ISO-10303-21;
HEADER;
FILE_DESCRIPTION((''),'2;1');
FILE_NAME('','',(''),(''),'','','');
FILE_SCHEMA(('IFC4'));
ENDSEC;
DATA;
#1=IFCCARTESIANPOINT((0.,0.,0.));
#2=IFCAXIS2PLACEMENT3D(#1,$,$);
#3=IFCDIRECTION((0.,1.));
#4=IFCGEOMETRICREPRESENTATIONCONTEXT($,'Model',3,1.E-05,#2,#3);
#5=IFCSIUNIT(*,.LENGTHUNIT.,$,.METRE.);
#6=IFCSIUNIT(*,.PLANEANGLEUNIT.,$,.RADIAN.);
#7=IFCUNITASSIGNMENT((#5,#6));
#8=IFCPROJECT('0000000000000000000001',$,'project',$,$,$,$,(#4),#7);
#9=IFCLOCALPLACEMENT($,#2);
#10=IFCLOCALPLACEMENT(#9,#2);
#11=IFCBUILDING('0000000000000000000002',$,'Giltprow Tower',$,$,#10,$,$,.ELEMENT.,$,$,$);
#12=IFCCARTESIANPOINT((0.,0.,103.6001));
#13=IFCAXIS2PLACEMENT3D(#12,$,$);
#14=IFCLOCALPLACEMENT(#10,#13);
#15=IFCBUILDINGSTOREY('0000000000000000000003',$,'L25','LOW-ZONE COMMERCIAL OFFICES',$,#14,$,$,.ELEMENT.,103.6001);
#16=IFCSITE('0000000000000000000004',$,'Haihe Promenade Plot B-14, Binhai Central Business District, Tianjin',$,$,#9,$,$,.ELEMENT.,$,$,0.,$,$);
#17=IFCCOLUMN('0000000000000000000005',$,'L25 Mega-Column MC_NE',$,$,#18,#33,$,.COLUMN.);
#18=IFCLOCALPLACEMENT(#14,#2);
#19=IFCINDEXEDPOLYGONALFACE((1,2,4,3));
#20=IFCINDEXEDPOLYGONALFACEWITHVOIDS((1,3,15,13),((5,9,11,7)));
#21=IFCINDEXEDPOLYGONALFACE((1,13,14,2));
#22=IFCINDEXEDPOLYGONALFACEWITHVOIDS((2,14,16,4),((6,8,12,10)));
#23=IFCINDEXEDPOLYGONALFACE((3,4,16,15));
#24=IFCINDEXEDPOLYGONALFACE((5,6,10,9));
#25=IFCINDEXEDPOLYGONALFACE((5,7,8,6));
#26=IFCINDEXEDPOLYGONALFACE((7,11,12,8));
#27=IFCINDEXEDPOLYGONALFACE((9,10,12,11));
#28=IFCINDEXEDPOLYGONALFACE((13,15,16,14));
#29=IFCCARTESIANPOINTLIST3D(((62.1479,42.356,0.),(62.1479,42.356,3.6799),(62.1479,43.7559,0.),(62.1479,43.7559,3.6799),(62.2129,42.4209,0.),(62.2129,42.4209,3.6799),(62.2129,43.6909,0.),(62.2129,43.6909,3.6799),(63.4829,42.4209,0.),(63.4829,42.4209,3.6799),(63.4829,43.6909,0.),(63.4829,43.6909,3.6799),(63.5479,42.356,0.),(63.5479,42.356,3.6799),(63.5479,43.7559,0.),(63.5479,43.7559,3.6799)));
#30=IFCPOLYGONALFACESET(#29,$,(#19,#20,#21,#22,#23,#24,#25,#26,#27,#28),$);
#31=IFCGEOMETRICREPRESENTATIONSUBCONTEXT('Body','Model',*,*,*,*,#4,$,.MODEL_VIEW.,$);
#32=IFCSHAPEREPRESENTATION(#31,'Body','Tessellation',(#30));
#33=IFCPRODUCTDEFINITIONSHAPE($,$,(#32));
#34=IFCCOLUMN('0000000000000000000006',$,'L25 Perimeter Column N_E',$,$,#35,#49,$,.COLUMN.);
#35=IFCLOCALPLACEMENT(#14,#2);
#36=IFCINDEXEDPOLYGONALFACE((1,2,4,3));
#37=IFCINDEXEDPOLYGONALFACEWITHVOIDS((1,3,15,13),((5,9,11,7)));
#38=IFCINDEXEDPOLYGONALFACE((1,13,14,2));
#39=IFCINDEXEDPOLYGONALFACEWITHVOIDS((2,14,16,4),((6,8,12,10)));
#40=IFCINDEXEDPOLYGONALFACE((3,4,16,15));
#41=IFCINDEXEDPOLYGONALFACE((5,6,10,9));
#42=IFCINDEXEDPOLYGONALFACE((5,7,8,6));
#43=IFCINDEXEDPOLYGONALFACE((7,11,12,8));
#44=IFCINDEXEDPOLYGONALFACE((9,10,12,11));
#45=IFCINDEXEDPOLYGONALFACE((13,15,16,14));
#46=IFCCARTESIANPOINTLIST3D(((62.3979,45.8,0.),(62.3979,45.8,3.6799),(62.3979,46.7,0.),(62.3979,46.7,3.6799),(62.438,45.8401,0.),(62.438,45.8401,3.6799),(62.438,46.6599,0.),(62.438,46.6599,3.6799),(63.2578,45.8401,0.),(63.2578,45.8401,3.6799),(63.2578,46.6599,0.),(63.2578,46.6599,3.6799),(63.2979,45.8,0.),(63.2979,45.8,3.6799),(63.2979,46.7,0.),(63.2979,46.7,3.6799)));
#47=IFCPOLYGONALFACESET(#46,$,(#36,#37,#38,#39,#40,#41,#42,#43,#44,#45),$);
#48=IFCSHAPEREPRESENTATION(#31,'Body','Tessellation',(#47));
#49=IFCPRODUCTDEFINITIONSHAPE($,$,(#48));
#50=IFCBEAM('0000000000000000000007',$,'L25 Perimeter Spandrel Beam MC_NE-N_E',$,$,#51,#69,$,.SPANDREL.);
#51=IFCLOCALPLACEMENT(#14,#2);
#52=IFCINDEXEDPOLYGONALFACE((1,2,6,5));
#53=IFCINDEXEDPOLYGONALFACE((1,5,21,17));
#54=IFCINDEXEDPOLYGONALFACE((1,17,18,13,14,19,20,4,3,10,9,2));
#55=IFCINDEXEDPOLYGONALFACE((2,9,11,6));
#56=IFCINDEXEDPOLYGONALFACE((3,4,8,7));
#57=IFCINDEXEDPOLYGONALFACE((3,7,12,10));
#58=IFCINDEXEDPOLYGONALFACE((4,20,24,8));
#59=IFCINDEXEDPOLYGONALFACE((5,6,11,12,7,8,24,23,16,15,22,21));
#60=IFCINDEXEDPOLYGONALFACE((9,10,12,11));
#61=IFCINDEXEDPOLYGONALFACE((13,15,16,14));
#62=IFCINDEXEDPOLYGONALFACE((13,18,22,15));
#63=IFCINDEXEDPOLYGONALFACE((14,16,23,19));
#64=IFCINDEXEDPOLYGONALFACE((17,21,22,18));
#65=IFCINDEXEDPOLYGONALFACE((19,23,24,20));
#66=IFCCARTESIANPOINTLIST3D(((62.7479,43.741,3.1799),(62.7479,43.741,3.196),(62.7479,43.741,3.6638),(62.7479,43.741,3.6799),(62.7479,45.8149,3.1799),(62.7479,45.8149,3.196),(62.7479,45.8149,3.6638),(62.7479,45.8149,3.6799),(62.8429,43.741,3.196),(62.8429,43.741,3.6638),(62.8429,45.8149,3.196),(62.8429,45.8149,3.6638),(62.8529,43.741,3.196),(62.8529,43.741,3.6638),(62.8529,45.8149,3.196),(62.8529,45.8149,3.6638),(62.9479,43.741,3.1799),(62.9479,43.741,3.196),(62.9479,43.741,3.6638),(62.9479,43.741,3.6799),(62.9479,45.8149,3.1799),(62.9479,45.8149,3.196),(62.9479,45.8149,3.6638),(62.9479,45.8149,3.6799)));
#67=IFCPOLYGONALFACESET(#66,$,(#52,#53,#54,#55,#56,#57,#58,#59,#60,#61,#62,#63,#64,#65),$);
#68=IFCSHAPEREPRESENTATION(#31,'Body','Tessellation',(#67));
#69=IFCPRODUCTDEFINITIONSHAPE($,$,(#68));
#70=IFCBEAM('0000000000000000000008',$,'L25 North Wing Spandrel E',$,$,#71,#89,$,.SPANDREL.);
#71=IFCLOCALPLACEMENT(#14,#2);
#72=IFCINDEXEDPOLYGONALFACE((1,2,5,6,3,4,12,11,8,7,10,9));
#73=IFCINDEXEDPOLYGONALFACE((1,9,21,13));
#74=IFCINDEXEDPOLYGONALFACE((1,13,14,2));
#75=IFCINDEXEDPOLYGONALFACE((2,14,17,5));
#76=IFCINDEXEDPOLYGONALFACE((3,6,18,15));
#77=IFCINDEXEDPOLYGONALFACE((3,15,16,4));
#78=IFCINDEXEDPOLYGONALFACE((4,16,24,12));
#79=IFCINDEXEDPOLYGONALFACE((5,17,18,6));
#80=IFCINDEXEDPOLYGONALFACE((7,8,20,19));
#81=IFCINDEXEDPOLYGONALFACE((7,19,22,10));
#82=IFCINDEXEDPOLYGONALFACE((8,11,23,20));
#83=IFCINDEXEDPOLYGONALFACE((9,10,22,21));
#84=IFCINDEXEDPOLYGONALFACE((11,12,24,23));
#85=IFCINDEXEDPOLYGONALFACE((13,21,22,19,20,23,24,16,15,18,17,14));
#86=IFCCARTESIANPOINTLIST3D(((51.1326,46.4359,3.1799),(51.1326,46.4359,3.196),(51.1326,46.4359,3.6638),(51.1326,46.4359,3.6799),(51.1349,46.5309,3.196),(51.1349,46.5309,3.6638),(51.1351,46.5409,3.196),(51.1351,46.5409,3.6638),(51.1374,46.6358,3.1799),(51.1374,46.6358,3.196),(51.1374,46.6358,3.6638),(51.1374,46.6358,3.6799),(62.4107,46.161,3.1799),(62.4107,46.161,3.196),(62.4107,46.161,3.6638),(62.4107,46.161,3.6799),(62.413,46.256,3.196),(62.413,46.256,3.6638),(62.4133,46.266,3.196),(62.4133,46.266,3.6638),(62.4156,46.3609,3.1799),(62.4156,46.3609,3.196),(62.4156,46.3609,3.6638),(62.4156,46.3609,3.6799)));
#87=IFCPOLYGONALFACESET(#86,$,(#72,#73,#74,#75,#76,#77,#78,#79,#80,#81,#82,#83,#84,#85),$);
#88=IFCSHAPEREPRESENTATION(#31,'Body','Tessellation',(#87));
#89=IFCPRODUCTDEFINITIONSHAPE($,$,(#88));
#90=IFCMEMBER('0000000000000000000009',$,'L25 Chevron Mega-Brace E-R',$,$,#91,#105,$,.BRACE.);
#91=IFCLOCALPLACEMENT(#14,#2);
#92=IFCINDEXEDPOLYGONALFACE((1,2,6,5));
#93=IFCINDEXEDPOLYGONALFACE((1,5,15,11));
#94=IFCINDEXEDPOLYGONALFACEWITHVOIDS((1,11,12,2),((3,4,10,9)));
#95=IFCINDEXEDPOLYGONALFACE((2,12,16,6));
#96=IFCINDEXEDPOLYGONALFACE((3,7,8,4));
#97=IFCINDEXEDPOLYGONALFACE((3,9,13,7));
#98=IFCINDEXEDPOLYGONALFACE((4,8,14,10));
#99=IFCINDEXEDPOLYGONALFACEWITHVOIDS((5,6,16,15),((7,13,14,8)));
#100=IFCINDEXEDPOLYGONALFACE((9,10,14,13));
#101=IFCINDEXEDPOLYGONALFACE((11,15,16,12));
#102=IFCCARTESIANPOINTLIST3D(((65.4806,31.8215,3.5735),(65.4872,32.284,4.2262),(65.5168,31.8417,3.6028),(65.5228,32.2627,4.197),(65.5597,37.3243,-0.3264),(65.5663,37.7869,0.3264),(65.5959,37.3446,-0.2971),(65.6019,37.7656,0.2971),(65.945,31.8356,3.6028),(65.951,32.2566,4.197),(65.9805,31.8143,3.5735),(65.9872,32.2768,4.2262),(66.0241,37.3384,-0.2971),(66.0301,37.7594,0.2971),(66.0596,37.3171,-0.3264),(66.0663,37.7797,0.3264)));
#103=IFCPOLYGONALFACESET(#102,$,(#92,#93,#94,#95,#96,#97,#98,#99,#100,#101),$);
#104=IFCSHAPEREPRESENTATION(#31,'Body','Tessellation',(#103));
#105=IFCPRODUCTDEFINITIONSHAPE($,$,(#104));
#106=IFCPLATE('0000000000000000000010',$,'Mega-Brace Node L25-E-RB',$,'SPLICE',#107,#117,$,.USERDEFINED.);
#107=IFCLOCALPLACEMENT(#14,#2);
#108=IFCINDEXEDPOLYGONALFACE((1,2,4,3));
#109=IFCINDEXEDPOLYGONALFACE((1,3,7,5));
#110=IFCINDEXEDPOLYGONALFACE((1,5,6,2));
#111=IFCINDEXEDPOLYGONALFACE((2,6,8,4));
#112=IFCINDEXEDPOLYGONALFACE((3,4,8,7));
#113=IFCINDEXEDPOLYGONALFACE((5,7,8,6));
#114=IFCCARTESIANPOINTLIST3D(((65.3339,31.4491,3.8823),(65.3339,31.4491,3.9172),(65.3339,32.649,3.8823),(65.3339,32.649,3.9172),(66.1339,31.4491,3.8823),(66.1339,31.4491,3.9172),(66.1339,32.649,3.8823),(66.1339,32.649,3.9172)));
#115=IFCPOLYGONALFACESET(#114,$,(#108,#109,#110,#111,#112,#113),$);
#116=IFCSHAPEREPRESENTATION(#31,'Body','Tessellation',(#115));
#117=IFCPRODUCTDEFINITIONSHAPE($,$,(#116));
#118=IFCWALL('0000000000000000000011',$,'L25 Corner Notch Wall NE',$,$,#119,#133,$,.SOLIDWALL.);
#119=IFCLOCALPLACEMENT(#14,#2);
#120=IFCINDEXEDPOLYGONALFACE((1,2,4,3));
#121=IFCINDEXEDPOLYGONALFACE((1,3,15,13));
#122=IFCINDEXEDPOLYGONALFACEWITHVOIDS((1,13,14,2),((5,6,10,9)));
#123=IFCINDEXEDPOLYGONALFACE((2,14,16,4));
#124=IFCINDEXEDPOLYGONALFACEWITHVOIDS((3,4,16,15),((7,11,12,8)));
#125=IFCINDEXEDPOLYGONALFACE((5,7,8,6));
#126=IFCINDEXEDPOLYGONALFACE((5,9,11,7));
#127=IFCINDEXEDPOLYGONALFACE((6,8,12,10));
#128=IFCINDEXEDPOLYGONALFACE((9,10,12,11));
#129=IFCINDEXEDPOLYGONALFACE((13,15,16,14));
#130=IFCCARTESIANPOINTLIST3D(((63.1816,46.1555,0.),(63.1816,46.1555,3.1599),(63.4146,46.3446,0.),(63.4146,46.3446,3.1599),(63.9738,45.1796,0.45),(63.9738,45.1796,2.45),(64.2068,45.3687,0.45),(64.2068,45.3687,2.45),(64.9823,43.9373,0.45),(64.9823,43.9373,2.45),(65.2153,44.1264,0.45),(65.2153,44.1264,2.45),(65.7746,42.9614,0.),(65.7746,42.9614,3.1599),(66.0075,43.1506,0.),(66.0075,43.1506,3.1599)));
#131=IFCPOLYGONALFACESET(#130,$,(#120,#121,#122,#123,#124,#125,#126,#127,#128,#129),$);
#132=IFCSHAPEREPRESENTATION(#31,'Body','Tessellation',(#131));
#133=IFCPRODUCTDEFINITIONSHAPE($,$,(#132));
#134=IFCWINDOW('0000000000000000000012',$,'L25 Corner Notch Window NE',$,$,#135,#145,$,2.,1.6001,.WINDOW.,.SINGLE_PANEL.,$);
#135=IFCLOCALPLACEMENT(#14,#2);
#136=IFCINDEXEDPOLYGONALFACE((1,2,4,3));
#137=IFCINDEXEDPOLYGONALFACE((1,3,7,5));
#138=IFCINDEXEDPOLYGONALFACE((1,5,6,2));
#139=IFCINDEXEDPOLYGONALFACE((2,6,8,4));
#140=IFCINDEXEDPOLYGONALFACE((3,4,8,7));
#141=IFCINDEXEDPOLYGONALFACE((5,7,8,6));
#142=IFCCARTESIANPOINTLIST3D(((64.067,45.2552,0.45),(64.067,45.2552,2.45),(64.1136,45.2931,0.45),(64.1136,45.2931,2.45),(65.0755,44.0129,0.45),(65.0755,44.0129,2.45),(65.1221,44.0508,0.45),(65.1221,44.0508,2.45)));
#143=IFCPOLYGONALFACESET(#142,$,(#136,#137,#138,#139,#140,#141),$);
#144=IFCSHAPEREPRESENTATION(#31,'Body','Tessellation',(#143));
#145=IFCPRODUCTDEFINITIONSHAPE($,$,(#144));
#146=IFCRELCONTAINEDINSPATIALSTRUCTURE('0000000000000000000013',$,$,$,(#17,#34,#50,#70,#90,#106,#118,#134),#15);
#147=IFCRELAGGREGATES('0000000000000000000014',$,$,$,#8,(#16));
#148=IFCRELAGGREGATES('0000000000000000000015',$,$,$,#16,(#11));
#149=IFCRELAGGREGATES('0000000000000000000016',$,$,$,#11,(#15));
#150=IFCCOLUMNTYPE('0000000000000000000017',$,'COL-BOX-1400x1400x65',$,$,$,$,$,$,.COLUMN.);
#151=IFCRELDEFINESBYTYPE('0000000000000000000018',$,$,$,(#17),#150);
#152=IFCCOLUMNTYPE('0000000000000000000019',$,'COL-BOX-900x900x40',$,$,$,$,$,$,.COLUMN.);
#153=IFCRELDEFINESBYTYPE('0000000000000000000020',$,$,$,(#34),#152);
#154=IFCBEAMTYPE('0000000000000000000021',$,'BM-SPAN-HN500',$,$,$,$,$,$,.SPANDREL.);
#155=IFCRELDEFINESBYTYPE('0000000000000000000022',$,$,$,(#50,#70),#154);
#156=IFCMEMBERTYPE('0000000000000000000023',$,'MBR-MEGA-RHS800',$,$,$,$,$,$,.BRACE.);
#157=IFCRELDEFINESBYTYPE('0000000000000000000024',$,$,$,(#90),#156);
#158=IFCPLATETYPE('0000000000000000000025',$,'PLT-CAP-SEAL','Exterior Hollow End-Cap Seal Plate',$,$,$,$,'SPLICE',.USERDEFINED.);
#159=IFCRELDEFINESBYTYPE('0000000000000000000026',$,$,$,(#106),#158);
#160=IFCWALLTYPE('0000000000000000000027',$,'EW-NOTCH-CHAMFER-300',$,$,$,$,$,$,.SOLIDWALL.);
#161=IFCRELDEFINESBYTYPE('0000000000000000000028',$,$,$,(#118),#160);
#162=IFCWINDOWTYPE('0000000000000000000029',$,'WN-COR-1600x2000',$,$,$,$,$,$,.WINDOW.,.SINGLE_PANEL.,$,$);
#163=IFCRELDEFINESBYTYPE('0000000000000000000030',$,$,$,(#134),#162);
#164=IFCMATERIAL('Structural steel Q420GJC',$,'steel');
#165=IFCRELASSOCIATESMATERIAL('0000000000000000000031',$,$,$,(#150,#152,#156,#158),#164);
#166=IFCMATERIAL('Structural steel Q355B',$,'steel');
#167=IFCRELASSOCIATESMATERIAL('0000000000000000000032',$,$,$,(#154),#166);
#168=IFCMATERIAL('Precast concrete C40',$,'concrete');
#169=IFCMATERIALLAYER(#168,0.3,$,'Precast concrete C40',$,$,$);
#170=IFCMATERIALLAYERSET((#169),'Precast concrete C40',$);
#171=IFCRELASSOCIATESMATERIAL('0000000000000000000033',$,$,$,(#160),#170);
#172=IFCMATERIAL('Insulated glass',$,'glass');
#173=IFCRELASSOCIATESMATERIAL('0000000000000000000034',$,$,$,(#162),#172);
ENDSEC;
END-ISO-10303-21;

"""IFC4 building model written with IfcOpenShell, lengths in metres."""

from ifc_helpers import new_model, si_unit, direction, frame, frame_2d, origin, origin_2d, place, context, subcontext, project, spatial, rectangle, hollow_rectangle, i_section, extrude, source, transform, mapped, material, layer, layer_set, material_profile, profile_set, type_object, element, fill, save


model = new_model("IFC4")

# Units and contexts
model_context = context("Model", 3, precision=1e-05, world=origin(), true_north=direction((0.0, 1.0)))
body_context = subcontext(model_context, "Body", "Model", "MODEL_VIEW")
ifc_project = project(units=[si_unit("LENGTHUNIT", "METRE"), si_unit("PLANEANGLEUNIT", "RADIAN")], contexts=[model_context])

# Site, building, storey
site_placement = place(None, origin())
site = spatial("IfcSite", under=ifc_project, at=site_placement, Name="Haihe Promenade Plot B-14, Binhai Central Business District, Tianjin", CompositionType="ELEMENT", RefElevation=0.0)
building_placement = place(site_placement, origin())
building = spatial("IfcBuilding", under=site, at=building_placement, Name="Giltprow Tower", CompositionType="ELEMENT")
storey_placement = place(building_placement, frame((0.0, 0.0, 103.6001)))
storey = spatial("IfcBuildingStorey", under=building, at=storey_placement, Name="L25", Description="LOW-ZONE COMMERCIAL OFFICES", CompositionType="ELEMENT", Elevation=103.6001)

# Columns
ifc_material_1 = material(Name="Structural steel Q420GJC", Category="steel")
ifc_material_profile_1 = material_profile(ifc_material_1, hollow_rectangle(XDim=1.3999, YDim=1.3999, WallThickness=0.0649, at=origin_2d()), Name="BOX 1400x1400x65")
ifc_profile_set_1 = profile_set([ifc_material_profile_1], Name="Structural steel Q420GJC")
column_type_1 = type_object("IfcColumnType", Name="COL-BOX-1400x1400x65", PredefinedType="COLUMN", material=ifc_profile_set_1)
shared_shape_1 = source(origin(), body_context, "Body", "SweptSolid", [
    extrude(hollow_rectangle(XDim=1.3999, YDim=1.3999, WallThickness=0.0649, at=origin_2d()), origin(), (0.0, 0.0, 1.0), 3.6799),
])
column_1_placement = place(storey_placement, frame((62.8479, 43.0559, 0.0), z_axis=(0.0, 0.0, 1.0), x_axis=(1.0, 0.0, 0.0)))
element("IfcColumn", 1, at=column_1_placement, inside=storey, type_object=column_type_1, Name="L25 Mega-Column MC_NE", PredefinedType="COLUMN", context=body_context, shape_type="MappedRepresentation", body=[
    mapped(shared_shape_1, transform((0.0, 0.0, 0.0), x_axis=(1.0, 0.0, 0.0), y_axis=(0.0, 1.0, 0.0), z_axis=(0.0, 0.0, 1.0), scale=1.0)),
])
ifc_material_profile_2 = material_profile(ifc_material_1, hollow_rectangle(XDim=0.8999, YDim=0.8999, WallThickness=0.04, at=origin_2d()), Name="BOX 900x900x40")
ifc_profile_set_2 = profile_set([ifc_material_profile_2], Name="Structural steel Q420GJC")
column_type_2 = type_object("IfcColumnType", Name="COL-BOX-900x900x40", PredefinedType="COLUMN", material=ifc_profile_set_2)
shared_shape_2 = source(origin(), body_context, "Body", "SweptSolid", [
    extrude(hollow_rectangle(XDim=0.8999, YDim=0.8999, WallThickness=0.04, at=origin_2d()), origin(), (0.0, 0.0, 1.0), 3.6799),
])
column_2_placement = place(storey_placement, frame((62.8479, 46.25, 0.0), z_axis=(0.0, 0.0, 1.0), x_axis=(1.0, 0.0, 0.0)))
element("IfcColumn", 2, at=column_2_placement, inside=storey, type_object=column_type_2, Name="L25 Perimeter Column N_E", PredefinedType="COLUMN", context=body_context, shape_type="MappedRepresentation", body=[
    mapped(shared_shape_2, transform((0.0, 0.0, 0.0), x_axis=(1.0, 0.0, 0.0), y_axis=(0.0, 1.0, 0.0), z_axis=(0.0, 0.0, 1.0), scale=1.0)),
])

# Beams
ifc_material_2 = material(Name="Structural steel Q355B", Category="steel")
ifc_material_profile_3 = material_profile(ifc_material_2, i_section(OverallWidth=0.2, OverallDepth=0.5, WebThickness=0.01, FlangeThickness=0.0161, at=origin_2d()), Name="HN 500x200x10x16")
ifc_profile_set_3 = profile_set([ifc_material_profile_3], Name="Structural steel Q355B")
beam_type = type_object("IfcBeamType", Name="BM-SPAN-HN500", PredefinedType="SPANDREL", material=ifc_profile_set_3)
shared_shape_3 = source(origin(), body_context, "Body", "SweptSolid", [
    extrude(i_section(OverallWidth=0.2, OverallDepth=0.5, WebThickness=0.01, FlangeThickness=0.0161, at=origin_2d()), origin(), (0.0, 0.0, 1.0), 2.074),
])
beam_1_placement = place(storey_placement, frame((62.8479, 43.741, 3.4299), z_axis=(0.0, 1.0, 0.0), x_axis=(-1.0, 0.0, 0.0)))
element("IfcBeam", 3, at=beam_1_placement, inside=storey, type_object=beam_type, Name="L25 Perimeter Spandrel Beam MC_NE-N_E", PredefinedType="SPANDREL", context=body_context, shape_type="MappedRepresentation", body=[
    mapped(shared_shape_3, transform((0.0, 0.0, 0.0), x_axis=(1.0, 0.0, 0.0), y_axis=(0.0, 1.0, 0.0), z_axis=(0.0, 0.0, 1.0), scale=1.0)),
])
shared_shape_4 = source(origin(), body_context, "Body", "SweptSolid", [
    extrude(i_section(OverallWidth=0.2, OverallDepth=0.5, WebThickness=0.01, FlangeThickness=0.0161, at=origin_2d()), origin(), (0.0, 0.0, 1.0), 11.2815),
])
beam_2_placement = place(storey_placement, frame((51.135, 46.5359, 3.4299), z_axis=(0.999703, -0.024368, 0.0), x_axis=(0.024368, 0.999703, 0.0)))
element("IfcBeam", 4, at=beam_2_placement, inside=storey, type_object=beam_type, Name="L25 North Wing Spandrel E", PredefinedType="SPANDREL", context=body_context, shape_type="MappedRepresentation", body=[
    mapped(shared_shape_4, transform((0.0, 0.0, 0.0), x_axis=(1.0, 0.0, 0.0), y_axis=(0.0, 1.0, 0.0), z_axis=(0.0, 0.0, 1.0), scale=1.0)),
])

# Member
ifc_material_profile_4 = material_profile(ifc_material_1, hollow_rectangle(XDim=0.5, YDim=0.8, WallThickness=0.0359, at=origin_2d()), Name="RHS 800x500x36")
ifc_profile_set_4 = profile_set([ifc_material_profile_4], Name="Structural steel Q420GJC")
member_type = type_object("IfcMemberType", Name="MBR-MEGA-RHS800", PredefinedType="BRACE", material=ifc_profile_set_4)
shared_shape_5 = source(origin(), body_context, "Body", "SweptSolid", [
    extrude(hollow_rectangle(XDim=0.5, YDim=0.8, WallThickness=0.0359, at=origin_2d()), origin(), (0.0, 0.0, 1.0), 6.7451),
])
member_placement = place(storey_placement, frame((65.813, 37.552, 0.0), z_axis=(-0.011727, -0.815829, 0.578174), x_axis=(0.999897, -0.014373, 0.0)))
element("IfcMember", 5, at=member_placement, inside=storey, type_object=member_type, Name="L25 Chevron Mega-Brace E-R", PredefinedType="BRACE", context=body_context, shape_type="MappedRepresentation", body=[
    mapped(shared_shape_5, transform((0.0, 0.0, 0.0), x_axis=(1.0, 0.0, 0.0), y_axis=(0.0, 1.0, 0.0), z_axis=(0.0, 0.0, 1.0), scale=1.0)),
])

# Plate
plate_type = type_object("IfcPlateType", Name="PLT-CAP-SEAL", Description="Exterior Hollow End-Cap Seal Plate", ElementType="SPLICE", PredefinedType="USERDEFINED", material=ifc_material_1)
shared_shape_6 = source(origin(), body_context, "Body", "SweptSolid", [
    extrude(rectangle(XDim=1.2, YDim=0.8, at=origin_2d()), origin(), (0.0, 0.0, 1.0), 0.0349),
])
plate_placement = place(storey_placement, frame((65.7339, 32.0491, 3.8823), z_axis=(0.0, 0.0, 1.0), x_axis=(0.0, 1.0, 0.0)))
element("IfcPlate", 6, at=plate_placement, inside=storey, type_object=plate_type, Name="Mega-Brace Node L25-E-RB", ObjectType="SPLICE", PredefinedType="USERDEFINED", context=body_context, shape_type="MappedRepresentation", body=[
    mapped(shared_shape_6, transform((0.0, 0.0, 0.0), x_axis=(1.0, 0.0, 0.0), y_axis=(0.0, 1.0, 0.0), z_axis=(0.0, 0.0, 1.0), scale=1.0)),
])

# Wall, opening, window
ifc_material_3 = material(Name="Precast concrete C40", Category="concrete")
ifc_layer_1 = layer(ifc_material_3, 0.3, Name="Precast concrete C40")
ifc_layer_set_1 = layer_set([ifc_layer_1], Name="Precast concrete C40")
wall_type_1 = type_object("IfcWallType", Name="EW-NOTCH-CHAMFER-300", PredefinedType="SOLIDWALL", material=ifc_layer_set_1)
wall_1_placement = place(storey_placement, frame((65.8911, 43.0559, 0.0), z_axis=(0.0, 0.0, 1.0), x_axis=(-0.630273, 0.776374, 0.0)))
wall_1 = element("IfcWall", 7, at=wall_1_placement, inside=storey, type_object=wall_type_1, Name="L25 Corner Notch Wall NE", PredefinedType="SOLIDWALL", context=body_context, shape_type="SweptSolid", body=[
    extrude(rectangle(XDim=4.114, YDim=0.3, at=frame_2d((2.0571, 0.0))), origin(), (0.0, 0.0, 1.0), 3.1599),
])
opening_1_placement = place(wall_1_placement, frame((1.2571, 0.0, 0.45)))
opening_1 = element("IfcOpeningElement", 8, at=opening_1_placement, cuts=wall_1, PredefinedType="OPENING", context=body_context, shape_type="SweptSolid", body=[
    extrude(rectangle(XDim=1.6001, YDim=2.0, at=frame_2d((0.8, 1.0))), frame((0.0, 0.1599, 0.0), z_axis=(0.0, -1.0, 0.0), x_axis=(1.0, 0.0, 0.0)), (0.0, 0.0, 1.0), 0.3201),
])
ifc_material_4 = material(Name="Insulated glass", Category="glass")
window_type = type_object("IfcWindowType", Name="WN-COR-1600x2000", PartitioningType="SINGLE_PANEL", PredefinedType="WINDOW", material=ifc_material_4)
shared_shape_7 = source(origin(), body_context, "Body", "SweptSolid", [
    extrude(rectangle(XDim=1.6001, YDim=2.0, at=frame_2d((0.8, 1.0))), frame((0.0, 0.03, 0.0), z_axis=(0.0, -1.0, 0.0), x_axis=(1.0, 0.0, 0.0)), (0.0, 0.0, 1.0), 0.0601),
])
window_1_placement = place(opening_1_placement, origin())
window_1 = element("IfcWindow", 9, at=window_1_placement, inside=storey, type_object=window_type, Name="L25 Corner Notch Window NE", OverallHeight=2.0, OverallWidth=1.6001, PartitioningType="SINGLE_PANEL", PredefinedType="WINDOW", context=body_context, shape_type="MappedRepresentation", body=[
    mapped(shared_shape_7, transform((0.0, 0.0, 0.0), x_axis=(1.0, 0.0, 0.0), y_axis=(0.0, 1.0, 0.0), z_axis=(0.0, 0.0, 1.0), scale=1.0)),
])
fill(opening_1, window_1)

save(model, "model.ifc")
